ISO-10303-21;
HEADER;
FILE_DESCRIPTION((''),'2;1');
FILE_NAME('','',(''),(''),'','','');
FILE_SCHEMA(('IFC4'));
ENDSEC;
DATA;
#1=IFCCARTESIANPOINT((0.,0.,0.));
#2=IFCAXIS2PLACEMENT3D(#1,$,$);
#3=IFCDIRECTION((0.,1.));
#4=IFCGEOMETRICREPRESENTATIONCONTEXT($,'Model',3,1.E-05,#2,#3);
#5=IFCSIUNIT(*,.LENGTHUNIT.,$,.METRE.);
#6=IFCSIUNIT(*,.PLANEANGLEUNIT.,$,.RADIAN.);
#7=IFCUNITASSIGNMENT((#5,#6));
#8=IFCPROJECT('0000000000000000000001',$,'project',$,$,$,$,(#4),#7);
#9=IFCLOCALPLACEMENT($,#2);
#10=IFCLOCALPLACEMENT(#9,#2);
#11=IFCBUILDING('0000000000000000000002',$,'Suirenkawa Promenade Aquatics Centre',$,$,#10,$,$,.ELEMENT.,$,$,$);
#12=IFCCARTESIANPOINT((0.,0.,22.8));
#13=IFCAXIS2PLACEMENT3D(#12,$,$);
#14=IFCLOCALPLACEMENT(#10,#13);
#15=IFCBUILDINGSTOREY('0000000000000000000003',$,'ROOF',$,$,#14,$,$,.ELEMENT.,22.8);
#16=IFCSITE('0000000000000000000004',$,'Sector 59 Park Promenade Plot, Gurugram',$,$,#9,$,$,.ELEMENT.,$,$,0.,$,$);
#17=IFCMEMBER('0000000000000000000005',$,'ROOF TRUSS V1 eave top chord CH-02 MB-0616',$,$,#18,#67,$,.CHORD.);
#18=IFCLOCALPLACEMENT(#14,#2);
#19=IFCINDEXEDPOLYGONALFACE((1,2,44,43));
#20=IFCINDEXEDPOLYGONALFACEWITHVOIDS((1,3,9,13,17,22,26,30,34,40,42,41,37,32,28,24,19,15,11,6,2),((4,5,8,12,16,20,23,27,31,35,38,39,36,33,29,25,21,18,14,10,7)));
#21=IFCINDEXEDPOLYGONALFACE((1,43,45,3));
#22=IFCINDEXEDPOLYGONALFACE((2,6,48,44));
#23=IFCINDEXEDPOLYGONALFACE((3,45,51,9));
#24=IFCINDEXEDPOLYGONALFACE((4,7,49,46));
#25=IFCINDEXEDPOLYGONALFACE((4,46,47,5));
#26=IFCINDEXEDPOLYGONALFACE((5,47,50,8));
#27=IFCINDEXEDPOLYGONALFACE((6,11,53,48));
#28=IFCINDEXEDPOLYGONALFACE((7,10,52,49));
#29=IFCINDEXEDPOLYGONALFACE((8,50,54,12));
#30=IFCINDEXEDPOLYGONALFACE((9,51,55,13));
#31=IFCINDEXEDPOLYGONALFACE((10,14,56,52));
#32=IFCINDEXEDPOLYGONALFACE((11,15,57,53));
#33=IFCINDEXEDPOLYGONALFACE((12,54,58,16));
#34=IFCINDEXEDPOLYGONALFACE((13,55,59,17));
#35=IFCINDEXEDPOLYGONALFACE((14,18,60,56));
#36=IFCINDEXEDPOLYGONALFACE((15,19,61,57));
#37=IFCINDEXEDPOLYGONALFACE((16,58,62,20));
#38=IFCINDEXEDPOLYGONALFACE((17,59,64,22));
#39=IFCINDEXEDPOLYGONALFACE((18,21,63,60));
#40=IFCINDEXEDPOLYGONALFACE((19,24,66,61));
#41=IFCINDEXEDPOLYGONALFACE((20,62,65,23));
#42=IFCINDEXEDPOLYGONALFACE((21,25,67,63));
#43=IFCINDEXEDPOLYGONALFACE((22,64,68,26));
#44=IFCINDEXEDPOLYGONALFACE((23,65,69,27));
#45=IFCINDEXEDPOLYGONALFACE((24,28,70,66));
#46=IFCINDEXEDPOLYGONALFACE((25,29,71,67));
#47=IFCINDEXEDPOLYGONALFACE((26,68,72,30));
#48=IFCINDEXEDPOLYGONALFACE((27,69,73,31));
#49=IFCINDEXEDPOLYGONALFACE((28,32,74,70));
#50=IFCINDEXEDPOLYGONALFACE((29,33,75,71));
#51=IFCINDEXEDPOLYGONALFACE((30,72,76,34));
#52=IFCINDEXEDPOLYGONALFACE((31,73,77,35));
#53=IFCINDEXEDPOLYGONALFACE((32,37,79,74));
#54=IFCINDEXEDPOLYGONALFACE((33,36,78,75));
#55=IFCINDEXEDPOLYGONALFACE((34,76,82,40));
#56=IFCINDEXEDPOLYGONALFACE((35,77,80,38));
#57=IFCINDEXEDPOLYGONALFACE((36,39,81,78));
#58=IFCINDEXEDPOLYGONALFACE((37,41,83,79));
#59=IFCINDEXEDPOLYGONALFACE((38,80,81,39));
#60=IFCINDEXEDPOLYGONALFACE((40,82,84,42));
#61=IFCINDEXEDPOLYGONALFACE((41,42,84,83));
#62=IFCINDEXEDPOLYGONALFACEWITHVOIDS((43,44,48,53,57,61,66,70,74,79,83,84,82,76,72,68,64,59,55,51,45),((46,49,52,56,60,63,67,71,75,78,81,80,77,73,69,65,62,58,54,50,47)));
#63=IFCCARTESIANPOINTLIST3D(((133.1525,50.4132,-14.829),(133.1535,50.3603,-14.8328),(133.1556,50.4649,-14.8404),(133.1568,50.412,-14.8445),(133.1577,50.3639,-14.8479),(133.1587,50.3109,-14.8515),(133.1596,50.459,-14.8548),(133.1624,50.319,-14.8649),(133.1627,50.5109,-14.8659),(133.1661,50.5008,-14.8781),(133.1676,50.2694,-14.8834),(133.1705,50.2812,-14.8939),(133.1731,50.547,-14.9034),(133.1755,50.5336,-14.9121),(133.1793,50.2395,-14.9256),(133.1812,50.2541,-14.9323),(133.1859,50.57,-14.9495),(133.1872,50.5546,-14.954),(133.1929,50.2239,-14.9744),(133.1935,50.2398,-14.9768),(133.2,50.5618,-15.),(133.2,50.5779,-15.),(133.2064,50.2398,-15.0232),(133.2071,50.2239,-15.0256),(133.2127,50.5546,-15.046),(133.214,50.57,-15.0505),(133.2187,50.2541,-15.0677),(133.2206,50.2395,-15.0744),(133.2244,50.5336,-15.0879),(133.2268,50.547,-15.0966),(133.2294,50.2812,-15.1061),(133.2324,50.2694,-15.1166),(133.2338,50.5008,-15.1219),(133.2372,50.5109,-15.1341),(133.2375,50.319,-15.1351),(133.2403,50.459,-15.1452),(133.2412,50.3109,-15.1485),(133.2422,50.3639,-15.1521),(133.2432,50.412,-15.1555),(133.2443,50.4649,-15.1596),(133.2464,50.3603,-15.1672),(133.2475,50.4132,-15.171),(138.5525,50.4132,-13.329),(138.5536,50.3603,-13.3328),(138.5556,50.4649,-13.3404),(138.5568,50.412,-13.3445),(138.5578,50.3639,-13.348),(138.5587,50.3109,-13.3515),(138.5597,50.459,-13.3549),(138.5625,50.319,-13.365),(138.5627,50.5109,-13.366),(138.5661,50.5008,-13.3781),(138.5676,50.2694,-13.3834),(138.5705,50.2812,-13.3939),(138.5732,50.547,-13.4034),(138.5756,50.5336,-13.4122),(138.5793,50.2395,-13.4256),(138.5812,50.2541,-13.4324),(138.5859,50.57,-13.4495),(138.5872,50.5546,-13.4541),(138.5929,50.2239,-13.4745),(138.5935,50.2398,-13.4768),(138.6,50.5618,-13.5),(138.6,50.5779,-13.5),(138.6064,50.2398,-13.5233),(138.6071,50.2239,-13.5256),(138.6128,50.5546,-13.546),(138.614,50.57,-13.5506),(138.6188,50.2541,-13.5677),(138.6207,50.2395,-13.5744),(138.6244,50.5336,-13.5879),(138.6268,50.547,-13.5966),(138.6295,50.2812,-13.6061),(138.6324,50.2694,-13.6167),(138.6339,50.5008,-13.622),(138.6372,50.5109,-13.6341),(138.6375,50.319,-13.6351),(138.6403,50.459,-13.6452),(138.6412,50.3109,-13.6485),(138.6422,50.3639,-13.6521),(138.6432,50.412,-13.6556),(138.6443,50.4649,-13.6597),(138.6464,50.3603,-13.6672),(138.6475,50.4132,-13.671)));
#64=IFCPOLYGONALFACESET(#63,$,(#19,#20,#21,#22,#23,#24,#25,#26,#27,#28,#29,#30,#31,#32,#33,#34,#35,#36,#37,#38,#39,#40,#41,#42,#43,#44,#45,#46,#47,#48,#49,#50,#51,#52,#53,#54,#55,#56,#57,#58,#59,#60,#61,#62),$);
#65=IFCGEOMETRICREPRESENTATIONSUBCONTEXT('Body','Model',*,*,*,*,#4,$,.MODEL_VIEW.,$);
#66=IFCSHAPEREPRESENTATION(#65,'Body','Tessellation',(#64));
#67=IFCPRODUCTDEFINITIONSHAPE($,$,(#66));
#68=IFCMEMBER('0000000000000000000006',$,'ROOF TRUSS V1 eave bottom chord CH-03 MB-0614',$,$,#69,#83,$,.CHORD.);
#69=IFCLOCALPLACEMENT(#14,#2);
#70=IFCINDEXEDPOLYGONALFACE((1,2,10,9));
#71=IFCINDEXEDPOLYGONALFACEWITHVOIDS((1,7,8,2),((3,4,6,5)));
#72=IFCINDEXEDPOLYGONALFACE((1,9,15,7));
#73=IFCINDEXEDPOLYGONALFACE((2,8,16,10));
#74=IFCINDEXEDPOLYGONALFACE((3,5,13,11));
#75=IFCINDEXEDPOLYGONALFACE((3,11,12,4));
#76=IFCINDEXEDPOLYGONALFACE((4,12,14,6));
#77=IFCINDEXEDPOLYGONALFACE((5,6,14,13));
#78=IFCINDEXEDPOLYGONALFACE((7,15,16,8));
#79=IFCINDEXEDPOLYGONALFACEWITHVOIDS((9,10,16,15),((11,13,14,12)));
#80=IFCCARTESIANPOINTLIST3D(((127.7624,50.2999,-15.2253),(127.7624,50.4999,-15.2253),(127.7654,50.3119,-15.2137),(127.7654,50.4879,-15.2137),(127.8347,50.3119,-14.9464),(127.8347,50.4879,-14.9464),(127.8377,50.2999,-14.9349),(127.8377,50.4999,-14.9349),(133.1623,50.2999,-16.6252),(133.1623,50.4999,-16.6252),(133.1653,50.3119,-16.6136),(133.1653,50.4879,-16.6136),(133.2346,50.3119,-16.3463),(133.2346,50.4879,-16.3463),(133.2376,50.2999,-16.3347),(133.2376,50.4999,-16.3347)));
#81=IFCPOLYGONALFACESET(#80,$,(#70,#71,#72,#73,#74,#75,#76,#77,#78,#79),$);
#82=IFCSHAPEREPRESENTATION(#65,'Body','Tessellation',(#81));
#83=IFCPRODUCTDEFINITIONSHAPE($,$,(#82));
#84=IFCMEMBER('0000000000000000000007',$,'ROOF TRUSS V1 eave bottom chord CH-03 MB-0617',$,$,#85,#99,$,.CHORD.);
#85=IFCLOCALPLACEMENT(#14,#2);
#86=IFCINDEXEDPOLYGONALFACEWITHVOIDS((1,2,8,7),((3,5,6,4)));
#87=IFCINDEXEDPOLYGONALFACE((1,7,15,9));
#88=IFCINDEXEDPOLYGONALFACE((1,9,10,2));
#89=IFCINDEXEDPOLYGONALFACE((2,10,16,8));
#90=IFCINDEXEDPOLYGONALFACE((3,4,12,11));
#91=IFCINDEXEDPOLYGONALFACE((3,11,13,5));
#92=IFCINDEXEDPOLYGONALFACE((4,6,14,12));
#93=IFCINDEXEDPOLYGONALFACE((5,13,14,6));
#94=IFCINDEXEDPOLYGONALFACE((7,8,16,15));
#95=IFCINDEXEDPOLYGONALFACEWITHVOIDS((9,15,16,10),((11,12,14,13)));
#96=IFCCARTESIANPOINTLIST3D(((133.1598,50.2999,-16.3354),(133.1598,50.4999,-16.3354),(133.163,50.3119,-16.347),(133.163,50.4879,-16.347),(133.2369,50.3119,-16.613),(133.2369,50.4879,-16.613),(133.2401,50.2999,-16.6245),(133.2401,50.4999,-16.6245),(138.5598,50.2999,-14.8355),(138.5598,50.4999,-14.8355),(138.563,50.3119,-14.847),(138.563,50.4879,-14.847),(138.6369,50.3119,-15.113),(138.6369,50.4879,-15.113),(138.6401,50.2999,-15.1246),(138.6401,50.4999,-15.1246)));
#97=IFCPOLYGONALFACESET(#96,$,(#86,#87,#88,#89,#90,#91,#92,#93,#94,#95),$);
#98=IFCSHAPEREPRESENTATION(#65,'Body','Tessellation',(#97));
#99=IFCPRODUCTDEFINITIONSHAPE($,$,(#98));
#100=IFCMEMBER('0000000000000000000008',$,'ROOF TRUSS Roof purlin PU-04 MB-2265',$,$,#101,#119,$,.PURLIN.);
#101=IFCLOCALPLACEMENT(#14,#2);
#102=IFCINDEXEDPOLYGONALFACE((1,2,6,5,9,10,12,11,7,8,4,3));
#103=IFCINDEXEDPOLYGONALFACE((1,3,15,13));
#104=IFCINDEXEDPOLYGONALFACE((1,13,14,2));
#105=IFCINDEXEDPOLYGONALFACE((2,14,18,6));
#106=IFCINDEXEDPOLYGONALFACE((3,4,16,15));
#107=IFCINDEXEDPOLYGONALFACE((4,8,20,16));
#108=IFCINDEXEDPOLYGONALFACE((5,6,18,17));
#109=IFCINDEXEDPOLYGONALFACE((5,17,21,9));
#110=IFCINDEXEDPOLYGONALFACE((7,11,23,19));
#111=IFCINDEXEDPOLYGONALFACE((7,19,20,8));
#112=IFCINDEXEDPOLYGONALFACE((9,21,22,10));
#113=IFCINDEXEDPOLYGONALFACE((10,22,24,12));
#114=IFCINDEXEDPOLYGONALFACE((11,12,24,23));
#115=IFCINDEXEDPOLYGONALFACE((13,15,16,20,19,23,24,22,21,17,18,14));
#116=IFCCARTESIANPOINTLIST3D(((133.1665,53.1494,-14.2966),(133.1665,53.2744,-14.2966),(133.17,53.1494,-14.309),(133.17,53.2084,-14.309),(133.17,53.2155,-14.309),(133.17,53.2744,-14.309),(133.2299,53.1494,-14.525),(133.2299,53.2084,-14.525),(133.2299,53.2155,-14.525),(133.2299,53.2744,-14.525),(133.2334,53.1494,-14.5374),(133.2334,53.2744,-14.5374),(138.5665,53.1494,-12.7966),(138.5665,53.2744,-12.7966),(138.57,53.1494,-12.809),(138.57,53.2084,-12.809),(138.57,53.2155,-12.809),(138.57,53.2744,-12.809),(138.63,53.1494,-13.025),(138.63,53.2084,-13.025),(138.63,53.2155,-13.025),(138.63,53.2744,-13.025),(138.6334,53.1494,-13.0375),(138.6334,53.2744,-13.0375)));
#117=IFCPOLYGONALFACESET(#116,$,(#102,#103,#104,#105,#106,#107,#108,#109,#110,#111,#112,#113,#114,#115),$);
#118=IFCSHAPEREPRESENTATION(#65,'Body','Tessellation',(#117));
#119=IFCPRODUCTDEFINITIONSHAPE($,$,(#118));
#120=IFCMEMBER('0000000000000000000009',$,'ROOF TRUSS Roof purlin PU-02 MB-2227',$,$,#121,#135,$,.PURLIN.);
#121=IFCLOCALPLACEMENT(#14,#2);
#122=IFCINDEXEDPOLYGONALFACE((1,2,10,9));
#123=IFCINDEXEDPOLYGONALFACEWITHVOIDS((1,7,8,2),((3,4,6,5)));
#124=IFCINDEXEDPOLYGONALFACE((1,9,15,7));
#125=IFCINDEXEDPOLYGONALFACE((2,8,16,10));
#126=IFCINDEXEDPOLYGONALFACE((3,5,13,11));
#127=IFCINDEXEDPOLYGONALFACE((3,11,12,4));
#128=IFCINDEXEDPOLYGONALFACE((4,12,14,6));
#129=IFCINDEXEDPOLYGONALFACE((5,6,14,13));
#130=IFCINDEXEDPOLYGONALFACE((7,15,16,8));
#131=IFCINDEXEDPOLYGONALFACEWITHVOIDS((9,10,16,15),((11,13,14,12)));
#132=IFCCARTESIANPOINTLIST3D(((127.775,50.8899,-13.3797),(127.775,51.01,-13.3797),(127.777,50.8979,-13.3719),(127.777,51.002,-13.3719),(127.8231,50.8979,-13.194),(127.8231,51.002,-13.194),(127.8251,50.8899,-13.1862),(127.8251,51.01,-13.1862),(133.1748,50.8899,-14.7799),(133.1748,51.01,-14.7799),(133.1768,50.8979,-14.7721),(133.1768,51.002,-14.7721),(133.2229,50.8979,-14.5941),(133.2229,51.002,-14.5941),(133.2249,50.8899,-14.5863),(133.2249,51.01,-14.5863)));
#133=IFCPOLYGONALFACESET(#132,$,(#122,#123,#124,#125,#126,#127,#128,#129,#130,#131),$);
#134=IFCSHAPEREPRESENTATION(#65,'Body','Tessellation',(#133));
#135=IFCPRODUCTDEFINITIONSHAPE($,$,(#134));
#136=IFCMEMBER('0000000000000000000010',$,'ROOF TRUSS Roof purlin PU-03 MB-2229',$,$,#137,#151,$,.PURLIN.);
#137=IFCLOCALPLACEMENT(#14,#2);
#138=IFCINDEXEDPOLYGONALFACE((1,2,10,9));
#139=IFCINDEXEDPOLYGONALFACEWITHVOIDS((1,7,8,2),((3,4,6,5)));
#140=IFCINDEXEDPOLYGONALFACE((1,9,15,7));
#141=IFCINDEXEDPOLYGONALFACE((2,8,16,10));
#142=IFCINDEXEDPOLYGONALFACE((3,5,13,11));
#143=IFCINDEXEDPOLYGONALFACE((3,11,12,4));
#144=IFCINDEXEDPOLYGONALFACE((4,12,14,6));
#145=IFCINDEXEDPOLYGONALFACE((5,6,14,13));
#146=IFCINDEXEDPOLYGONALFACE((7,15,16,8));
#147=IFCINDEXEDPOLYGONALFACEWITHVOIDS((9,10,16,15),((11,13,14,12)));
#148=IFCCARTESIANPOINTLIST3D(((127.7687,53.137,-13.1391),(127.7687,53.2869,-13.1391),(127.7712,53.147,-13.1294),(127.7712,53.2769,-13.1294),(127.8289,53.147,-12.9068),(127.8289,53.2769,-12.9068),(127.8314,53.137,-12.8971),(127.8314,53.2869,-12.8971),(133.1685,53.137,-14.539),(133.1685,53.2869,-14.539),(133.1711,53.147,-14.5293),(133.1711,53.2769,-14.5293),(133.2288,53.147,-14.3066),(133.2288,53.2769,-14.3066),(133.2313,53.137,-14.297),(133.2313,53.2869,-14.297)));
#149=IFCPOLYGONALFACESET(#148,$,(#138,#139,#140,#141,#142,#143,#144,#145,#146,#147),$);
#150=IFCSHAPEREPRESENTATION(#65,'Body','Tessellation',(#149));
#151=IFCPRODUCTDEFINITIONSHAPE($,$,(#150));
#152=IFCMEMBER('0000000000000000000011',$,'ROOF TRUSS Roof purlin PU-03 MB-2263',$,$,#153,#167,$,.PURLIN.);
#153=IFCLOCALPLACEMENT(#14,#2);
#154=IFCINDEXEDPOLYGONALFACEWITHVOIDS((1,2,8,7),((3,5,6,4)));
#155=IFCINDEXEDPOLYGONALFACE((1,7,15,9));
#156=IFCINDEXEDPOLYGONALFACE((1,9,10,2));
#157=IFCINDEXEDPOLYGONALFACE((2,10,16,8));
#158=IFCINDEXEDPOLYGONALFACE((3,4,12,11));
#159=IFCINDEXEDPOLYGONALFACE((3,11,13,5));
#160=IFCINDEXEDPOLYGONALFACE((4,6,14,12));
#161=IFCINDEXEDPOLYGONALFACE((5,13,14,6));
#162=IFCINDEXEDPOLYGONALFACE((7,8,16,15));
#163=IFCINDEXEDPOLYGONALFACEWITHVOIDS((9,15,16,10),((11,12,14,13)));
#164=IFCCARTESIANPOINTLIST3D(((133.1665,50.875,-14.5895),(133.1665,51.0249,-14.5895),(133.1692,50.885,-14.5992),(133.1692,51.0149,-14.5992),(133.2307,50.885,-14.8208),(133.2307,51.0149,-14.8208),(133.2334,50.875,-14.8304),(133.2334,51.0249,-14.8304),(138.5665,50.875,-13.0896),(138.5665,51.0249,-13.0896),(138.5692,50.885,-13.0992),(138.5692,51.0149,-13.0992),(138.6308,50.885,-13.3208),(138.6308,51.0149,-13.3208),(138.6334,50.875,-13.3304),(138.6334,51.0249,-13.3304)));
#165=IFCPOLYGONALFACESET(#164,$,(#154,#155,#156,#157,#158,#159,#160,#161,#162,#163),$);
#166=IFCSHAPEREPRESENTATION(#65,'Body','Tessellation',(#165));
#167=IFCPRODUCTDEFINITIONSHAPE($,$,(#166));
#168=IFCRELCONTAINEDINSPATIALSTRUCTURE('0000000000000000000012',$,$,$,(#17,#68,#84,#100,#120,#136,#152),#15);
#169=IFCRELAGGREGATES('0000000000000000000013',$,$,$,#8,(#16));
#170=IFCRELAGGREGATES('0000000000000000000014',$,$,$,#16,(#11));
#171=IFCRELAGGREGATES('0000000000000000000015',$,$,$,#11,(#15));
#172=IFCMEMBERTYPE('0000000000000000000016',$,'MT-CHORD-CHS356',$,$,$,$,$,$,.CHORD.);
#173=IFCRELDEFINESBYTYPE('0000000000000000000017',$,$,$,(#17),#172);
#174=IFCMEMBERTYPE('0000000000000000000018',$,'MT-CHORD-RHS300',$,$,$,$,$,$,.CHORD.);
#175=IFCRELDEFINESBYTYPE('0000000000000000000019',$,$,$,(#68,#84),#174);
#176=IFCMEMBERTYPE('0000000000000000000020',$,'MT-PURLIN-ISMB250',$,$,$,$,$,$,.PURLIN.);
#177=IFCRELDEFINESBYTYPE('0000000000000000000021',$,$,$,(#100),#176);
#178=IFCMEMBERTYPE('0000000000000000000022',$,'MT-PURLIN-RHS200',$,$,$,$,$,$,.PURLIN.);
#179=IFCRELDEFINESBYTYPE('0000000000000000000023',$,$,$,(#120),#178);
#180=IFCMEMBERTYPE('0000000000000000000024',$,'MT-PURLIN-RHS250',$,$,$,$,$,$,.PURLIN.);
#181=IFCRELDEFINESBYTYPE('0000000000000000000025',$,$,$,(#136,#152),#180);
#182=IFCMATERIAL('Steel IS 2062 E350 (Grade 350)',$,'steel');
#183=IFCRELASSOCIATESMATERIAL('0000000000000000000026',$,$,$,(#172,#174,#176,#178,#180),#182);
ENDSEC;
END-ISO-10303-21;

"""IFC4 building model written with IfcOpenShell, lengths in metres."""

from ifc_helpers import new_model, si_unit, direction, frame, origin, origin_2d, place, context, subcontext, project, spatial, hollow_rectangle, hollow_circle, i_section, extrude, material, material_profile, profile_set, type_object, element, save


model = new_model("IFC4")

# Units and contexts
model_context = context("Model", 3, precision=1e-05, world=origin(), true_north=direction((0.0, 1.0)))
body_context = subcontext(model_context, "Body", "Model", "MODEL_VIEW")
ifc_project = project(units=[si_unit("LENGTHUNIT", "METRE"), si_unit("PLANEANGLEUNIT", "RADIAN")], contexts=[model_context])

# Site, building, storey
site_placement = place(None, origin())
site = spatial("IfcSite", under=ifc_project, at=site_placement, Name="Sector 59 Park Promenade Plot, Gurugram", CompositionType="ELEMENT", RefElevation=0.0)
building_placement = place(site_placement, origin())
building = spatial("IfcBuilding", under=site, at=building_placement, Name="Suirenkawa Promenade Aquatics Centre", CompositionType="ELEMENT")
storey_placement = place(building_placement, frame((0.0, 0.0, 22.8)))
storey = spatial("IfcBuildingStorey", under=building, at=storey_placement, Name="ROOF", CompositionType="ELEMENT", Elevation=22.8)

# Shared definitions
ifc_material_1 = material(Name="Steel IS 2062 E350 (Grade 350)", Category="steel")

# Members
ifc_material_profile_1 = material_profile(ifc_material_1, hollow_circle(Radius=0.178, WallThickness=0.0161, at=origin_2d()), Name="CHS 356x16", Category="steel")
ifc_profile_set_1 = profile_set([ifc_material_profile_1], Name="Steel IS 2062 E350 (Grade 350)")
member_type_1 = type_object("IfcMemberType", Name="MT-CHORD-CHS356", PredefinedType="CHORD", material=ifc_profile_set_1)
member_1_placement = place(storey_placement, frame((133.2, 50.3999, -15.0), z_axis=(0.96352, 0.0, 0.267637), x_axis=(0.0, 1.0, 0.0)))
element("IfcMember", 1, at=member_1_placement, inside=storey, type_object=member_type_1, Name="ROOF TRUSS V1 eave top chord CH-02 MB-0616", PredefinedType="CHORD", context=body_context, shape_type="SweptSolid", body=[
    extrude(hollow_circle(Radius=0.178, WallThickness=0.0161, at=origin_2d()), origin(), (0.0, 0.0, 1.0), 5.6045),
])
ifc_material_profile_2 = material_profile(ifc_material_1, hollow_rectangle(XDim=0.2, YDim=0.3, WallThickness=0.012, at=origin_2d()), Name="RHS 300x200x12", Category="steel")
ifc_profile_set_2 = profile_set([ifc_material_profile_2], Name="Steel IS 2062 E350 (Grade 350)")
member_type_2 = type_object("IfcMemberType", Name="MT-CHORD-RHS300", PredefinedType="CHORD", material=ifc_profile_set_2)
member_2_placement = place(storey_placement, frame((127.8, 50.3999, -15.0801), z_axis=(0.968, 0.0, -0.25095), x_axis=(0.0, 1.0, 0.0)))
element("IfcMember", 2, at=member_2_placement, inside=storey, type_object=member_type_2, Name="ROOF TRUSS V1 eave bottom chord CH-03 MB-0614", PredefinedType="CHORD", context=body_context, shape_type="SweptSolid", body=[
    extrude(hollow_rectangle(XDim=0.2, YDim=0.3, WallThickness=0.012, at=origin_2d()), origin(), (0.0, 0.0, 1.0), 5.5784),
])
member_3_placement = place(storey_placement, frame((133.2, 50.3999, -16.48), z_axis=(0.96352, 0.0, 0.267637), x_axis=(0.0, 1.0, 0.0)))
element("IfcMember", 3, at=member_3_placement, inside=storey, type_object=member_type_2, Name="ROOF TRUSS V1 eave bottom chord CH-03 MB-0617", PredefinedType="CHORD", context=body_context, shape_type="SweptSolid", body=[
    extrude(hollow_rectangle(XDim=0.2, YDim=0.3, WallThickness=0.012, at=origin_2d()), origin(), (0.0, 0.0, 1.0), 5.6045),
])
ifc_material_profile_3 = material_profile(ifc_material_1, i_section(OverallWidth=0.125, OverallDepth=0.25, WebThickness=0.0071, FlangeThickness=0.0129, at=origin_2d()), Name="ISMB 250", Category="steel")
ifc_profile_set_3 = profile_set([ifc_material_profile_3], Name="Steel IS 2062 E350 (Grade 350)")
member_type_3 = type_object("IfcMemberType", Name="MT-PURLIN-ISMB250", PredefinedType="PURLIN", material=ifc_profile_set_3)
member_4_placement = place(storey_placement, frame((133.2, 53.2119, -14.417), z_axis=(0.96352, 0.0, 0.267637), x_axis=(0.0, 1.0, 0.0)))
element("IfcMember", 4, at=member_4_placement, inside=storey, type_object=member_type_3, Name="ROOF TRUSS Roof purlin PU-04 MB-2265", PredefinedType="PURLIN", context=body_context, shape_type="SweptSolid", body=[
    extrude(i_section(OverallWidth=0.125, OverallDepth=0.25, WebThickness=0.0071, FlangeThickness=0.0129, at=origin_2d()), origin(), (0.0, 0.0, 1.0), 5.6045),
])
ifc_material_profile_4 = material_profile(ifc_material_1, hollow_rectangle(XDim=0.1201, YDim=0.2, WallThickness=0.0081, at=origin_2d()), Name="RHS 200x120x8", Category="steel")
ifc_profile_set_4 = profile_set([ifc_material_profile_4], Name="Steel IS 2062 E350 (Grade 350)")
member_type_4 = type_object("IfcMemberType", Name="MT-PURLIN-RHS200", PredefinedType="PURLIN", material=ifc_profile_set_4)
member_5_placement = place(storey_placement, frame((127.8, 50.95, -13.283), z_axis=(0.967989, 0.0, -0.250991), x_axis=(0.0, 1.0, 0.0)))
element("IfcMember", 5, at=member_5_placement, inside=storey, type_object=member_type_4, Name="ROOF TRUSS Roof purlin PU-02 MB-2227", PredefinedType="PURLIN", context=body_context, shape_type="SweptSolid", body=[
    extrude(hollow_rectangle(XDim=0.1201, YDim=0.2, WallThickness=0.0081, at=origin_2d()), origin(), (0.0, 0.0, 1.0), 5.5784),
])
ifc_material_profile_5 = material_profile(ifc_material_1, hollow_rectangle(XDim=0.1499, YDim=0.25, WallThickness=0.01, at=origin_2d()), Name="RHS 250x150x10", Category="steel")
ifc_profile_set_5 = profile_set([ifc_material_profile_5], Name="Steel IS 2062 E350 (Grade 350)")
member_type_5 = type_object("IfcMemberType", Name="MT-PURLIN-RHS250", PredefinedType="PURLIN", material=ifc_profile_set_5)
member_6_placement = place(storey_placement, frame((127.8, 53.2119, -13.0181), z_axis=(0.968, 0.0, -0.25095), x_axis=(0.0, 1.0, 0.0)))
element("IfcMember", 6, at=member_6_placement, inside=storey, type_object=member_type_5, Name="ROOF TRUSS Roof purlin PU-03 MB-2229", PredefinedType="PURLIN", context=body_context, shape_type="SweptSolid", body=[
    extrude(hollow_rectangle(XDim=0.1499, YDim=0.25, WallThickness=0.01, at=origin_2d()), origin(), (0.0, 0.0, 1.0), 5.5784),
])
member_7_placement = place(storey_placement, frame((133.2, 50.95, -14.71), z_axis=(0.96352, 0.0, 0.267637), x_axis=(0.0, 1.0, 0.0)))
element("IfcMember", 7, at=member_7_placement, inside=storey, type_object=member_type_5, Name="ROOF TRUSS Roof purlin PU-03 MB-2263", PredefinedType="PURLIN", context=body_context, shape_type="SweptSolid", body=[
    extrude(hollow_rectangle(XDim=0.1499, YDim=0.25, WallThickness=0.01, at=origin_2d()), origin(), (0.0, 0.0, 1.0), 5.6045),
])

save(model, "model.ifc")
